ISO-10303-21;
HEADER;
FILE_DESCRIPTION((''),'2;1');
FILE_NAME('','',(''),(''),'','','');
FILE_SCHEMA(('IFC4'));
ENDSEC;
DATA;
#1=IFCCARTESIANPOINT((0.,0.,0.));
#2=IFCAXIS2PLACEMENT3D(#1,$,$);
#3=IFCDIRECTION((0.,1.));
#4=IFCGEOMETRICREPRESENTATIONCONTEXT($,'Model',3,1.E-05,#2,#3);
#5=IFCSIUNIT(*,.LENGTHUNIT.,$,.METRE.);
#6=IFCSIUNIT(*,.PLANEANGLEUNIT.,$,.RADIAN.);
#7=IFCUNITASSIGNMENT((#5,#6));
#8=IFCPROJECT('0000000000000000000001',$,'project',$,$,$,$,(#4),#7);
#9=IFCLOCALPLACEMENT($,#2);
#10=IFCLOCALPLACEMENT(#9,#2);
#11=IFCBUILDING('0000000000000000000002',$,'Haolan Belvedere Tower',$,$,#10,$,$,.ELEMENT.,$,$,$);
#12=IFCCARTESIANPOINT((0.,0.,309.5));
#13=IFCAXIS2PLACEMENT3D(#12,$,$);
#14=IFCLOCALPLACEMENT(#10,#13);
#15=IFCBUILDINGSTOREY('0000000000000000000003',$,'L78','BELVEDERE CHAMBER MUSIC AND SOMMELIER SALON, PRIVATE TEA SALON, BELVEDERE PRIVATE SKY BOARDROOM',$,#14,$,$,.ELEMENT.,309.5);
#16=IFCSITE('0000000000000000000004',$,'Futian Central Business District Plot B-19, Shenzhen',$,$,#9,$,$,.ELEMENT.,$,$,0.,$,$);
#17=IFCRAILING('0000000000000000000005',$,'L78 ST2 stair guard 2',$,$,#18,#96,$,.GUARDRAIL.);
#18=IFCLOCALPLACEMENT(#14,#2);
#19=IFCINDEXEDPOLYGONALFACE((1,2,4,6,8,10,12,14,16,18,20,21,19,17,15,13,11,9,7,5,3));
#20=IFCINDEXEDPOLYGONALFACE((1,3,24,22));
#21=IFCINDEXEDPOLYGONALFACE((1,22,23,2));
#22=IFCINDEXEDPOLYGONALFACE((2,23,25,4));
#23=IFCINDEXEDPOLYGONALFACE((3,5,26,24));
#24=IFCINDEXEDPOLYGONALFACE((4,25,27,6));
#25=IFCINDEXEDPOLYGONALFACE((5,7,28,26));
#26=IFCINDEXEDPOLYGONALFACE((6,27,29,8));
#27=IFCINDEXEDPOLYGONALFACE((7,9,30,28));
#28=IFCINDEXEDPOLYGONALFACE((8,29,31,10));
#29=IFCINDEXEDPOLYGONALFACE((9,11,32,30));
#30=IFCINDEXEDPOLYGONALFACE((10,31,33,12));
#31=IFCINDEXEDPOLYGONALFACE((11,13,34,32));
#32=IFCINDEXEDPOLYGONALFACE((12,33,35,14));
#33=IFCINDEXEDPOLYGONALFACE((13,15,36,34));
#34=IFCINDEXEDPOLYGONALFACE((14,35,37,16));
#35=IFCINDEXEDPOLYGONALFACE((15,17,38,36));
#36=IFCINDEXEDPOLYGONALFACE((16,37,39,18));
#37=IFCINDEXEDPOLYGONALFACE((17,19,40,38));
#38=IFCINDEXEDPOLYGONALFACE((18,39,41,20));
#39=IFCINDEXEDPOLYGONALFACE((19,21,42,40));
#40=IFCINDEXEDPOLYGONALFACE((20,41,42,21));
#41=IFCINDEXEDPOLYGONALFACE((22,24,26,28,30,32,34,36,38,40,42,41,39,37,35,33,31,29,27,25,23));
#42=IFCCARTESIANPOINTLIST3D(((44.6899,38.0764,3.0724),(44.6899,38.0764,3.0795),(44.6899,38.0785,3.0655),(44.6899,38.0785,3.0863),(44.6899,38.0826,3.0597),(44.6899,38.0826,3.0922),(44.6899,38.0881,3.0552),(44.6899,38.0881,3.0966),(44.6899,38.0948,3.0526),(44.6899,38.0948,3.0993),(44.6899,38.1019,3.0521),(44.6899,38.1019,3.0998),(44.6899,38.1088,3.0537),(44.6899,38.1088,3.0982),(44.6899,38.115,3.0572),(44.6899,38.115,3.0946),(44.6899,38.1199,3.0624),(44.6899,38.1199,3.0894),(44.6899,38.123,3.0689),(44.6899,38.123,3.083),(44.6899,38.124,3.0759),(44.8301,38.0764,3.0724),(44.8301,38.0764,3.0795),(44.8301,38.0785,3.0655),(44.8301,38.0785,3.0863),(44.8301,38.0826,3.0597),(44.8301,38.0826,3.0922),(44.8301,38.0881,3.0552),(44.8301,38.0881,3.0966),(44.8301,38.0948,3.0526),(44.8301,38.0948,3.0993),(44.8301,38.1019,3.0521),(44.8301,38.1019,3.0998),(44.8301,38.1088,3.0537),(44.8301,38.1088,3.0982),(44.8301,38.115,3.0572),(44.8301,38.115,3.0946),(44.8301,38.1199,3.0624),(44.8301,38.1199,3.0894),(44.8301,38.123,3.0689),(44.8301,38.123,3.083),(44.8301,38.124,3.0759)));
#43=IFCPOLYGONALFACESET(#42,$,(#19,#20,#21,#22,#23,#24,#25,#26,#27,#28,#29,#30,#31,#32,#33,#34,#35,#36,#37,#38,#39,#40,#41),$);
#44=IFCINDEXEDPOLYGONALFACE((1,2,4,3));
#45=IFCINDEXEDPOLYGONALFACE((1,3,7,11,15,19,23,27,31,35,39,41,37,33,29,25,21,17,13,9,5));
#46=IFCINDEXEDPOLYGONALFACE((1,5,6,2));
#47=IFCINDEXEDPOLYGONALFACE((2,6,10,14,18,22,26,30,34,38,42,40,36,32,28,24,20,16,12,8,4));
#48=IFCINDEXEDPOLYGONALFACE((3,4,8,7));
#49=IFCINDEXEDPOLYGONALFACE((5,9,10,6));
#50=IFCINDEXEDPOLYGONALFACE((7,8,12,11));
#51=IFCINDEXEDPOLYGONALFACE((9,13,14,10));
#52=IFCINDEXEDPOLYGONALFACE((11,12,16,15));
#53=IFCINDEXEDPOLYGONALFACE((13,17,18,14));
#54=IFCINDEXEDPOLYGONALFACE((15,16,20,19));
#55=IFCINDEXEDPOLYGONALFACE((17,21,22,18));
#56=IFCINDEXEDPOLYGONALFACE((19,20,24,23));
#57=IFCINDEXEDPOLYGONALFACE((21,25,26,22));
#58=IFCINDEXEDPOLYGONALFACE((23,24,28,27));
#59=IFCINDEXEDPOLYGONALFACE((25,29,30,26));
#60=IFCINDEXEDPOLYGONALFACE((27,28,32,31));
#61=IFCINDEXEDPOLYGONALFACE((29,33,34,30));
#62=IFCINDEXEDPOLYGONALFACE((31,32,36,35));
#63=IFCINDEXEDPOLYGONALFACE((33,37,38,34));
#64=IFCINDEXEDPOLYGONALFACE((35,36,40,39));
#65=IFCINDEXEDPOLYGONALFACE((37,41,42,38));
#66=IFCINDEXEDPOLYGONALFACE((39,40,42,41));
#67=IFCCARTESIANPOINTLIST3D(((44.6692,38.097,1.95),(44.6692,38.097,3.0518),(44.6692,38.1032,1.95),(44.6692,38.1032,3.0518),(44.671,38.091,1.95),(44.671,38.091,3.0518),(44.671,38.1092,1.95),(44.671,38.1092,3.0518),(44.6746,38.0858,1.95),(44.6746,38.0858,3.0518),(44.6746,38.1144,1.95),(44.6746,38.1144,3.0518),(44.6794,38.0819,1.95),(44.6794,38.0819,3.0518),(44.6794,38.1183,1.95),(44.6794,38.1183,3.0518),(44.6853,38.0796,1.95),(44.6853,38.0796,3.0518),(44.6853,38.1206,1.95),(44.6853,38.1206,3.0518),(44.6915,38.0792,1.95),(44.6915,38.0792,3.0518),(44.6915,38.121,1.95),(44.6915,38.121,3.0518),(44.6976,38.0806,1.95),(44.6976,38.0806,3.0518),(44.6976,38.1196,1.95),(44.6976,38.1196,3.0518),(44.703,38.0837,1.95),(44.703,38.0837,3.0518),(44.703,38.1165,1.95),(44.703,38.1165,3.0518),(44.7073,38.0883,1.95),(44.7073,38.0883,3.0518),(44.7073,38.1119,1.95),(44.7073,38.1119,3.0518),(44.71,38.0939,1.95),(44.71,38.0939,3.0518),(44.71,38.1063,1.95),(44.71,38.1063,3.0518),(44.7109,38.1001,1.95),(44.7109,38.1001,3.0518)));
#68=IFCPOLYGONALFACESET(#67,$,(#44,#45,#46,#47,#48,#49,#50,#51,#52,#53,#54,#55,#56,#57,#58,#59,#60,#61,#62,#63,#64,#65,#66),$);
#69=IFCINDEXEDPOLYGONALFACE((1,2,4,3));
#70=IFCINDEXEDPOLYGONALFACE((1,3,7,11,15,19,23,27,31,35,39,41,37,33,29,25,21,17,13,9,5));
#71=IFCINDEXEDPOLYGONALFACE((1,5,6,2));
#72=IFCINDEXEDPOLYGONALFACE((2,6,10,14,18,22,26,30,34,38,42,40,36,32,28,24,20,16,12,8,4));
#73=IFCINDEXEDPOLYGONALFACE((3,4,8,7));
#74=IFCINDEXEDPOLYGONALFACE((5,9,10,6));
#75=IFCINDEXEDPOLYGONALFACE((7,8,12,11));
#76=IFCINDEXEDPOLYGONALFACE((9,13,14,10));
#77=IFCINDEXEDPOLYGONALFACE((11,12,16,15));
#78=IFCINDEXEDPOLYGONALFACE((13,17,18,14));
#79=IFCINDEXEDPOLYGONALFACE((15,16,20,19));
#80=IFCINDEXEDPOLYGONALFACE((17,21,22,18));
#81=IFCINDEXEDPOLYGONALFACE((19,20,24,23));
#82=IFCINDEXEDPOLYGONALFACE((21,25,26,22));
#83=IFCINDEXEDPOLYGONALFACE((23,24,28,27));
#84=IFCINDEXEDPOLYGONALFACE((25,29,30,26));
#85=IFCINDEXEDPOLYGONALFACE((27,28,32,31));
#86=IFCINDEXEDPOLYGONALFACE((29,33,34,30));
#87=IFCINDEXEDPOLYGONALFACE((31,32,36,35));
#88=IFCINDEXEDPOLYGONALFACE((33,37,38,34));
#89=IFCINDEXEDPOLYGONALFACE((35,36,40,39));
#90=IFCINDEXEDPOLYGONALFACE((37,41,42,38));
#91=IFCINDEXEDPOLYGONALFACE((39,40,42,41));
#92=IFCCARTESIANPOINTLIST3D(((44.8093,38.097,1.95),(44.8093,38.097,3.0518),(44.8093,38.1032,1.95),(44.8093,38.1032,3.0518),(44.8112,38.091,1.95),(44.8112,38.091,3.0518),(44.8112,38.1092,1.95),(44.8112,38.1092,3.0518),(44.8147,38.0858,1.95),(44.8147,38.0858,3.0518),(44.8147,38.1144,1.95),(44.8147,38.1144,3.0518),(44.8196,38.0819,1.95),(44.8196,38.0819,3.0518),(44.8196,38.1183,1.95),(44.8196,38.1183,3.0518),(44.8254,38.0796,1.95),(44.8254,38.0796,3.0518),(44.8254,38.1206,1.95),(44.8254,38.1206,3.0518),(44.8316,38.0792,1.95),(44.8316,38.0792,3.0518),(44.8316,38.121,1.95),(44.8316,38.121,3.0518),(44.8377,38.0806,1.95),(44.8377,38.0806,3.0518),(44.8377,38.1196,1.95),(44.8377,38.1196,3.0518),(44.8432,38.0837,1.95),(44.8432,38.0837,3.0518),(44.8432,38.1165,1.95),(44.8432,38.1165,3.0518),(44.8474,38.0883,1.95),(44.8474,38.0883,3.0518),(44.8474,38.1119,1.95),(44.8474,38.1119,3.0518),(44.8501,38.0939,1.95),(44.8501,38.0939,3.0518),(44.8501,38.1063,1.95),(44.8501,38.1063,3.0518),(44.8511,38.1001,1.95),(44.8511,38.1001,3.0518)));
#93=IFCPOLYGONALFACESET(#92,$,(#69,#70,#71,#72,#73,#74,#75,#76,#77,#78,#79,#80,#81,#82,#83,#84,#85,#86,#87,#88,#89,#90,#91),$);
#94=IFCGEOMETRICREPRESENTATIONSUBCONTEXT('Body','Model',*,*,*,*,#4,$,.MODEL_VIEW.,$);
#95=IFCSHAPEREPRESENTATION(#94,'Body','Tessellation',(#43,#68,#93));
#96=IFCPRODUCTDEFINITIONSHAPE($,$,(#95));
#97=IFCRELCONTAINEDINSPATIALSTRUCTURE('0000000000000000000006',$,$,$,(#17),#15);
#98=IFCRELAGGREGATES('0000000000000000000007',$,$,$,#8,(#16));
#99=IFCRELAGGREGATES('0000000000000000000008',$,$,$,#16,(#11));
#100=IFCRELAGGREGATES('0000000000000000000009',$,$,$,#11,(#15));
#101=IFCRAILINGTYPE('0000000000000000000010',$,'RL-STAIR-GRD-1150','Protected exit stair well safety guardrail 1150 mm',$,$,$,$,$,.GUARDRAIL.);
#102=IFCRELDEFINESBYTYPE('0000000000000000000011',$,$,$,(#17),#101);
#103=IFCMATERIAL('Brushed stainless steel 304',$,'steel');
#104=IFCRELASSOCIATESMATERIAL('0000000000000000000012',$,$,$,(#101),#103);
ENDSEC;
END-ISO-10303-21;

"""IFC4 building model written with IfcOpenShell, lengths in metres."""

from ifc_helpers import new_model, si_unit, direction, frame, origin, origin_2d, place, context, subcontext, project, spatial, circle, extrude, material, type_object, element, save


model = new_model("IFC4")

# Units and contexts
model_context = context("Model", 3, precision=1e-05, world=origin(), true_north=direction((0.0, 1.0)))
body_context = subcontext(model_context, "Body", "Model", "MODEL_VIEW")
ifc_project = project(units=[si_unit("LENGTHUNIT", "METRE"), si_unit("PLANEANGLEUNIT", "RADIAN")], contexts=[model_context])

# Site, building, storey
site_placement = place(None, origin())
site = spatial("IfcSite", under=ifc_project, at=site_placement, Name="Futian Central Business District Plot B-19, Shenzhen", CompositionType="ELEMENT", RefElevation=0.0)
building_placement = place(site_placement, origin())
building = spatial("IfcBuilding", under=site, at=building_placement, Name="Haolan Belvedere Tower", CompositionType="ELEMENT")
storey_placement = place(building_placement, frame((0.0, 0.0, 309.5)))
storey = spatial("IfcBuildingStorey", under=building, at=storey_placement, Name="L78", Description="BELVEDERE CHAMBER MUSIC AND SOMMELIER SALON, PRIVATE TEA SALON, BELVEDERE PRIVATE SKY BOARDROOM", CompositionType="ELEMENT", Elevation=309.5)

# Railing
ifc_material_1 = material(Name="Brushed stainless steel 304", Category="steel")
railing_type_1 = type_object("IfcRailingType", Name="RL-STAIR-GRD-1150", Description="Protected exit stair well safety guardrail 1150 mm", PredefinedType="GUARDRAIL", material=ifc_material_1)
railing_1_placement = place(storey_placement, frame((44.6899, 38.1001, 1.95)))
element("IfcRailing", 1, at=railing_1_placement, inside=storey, type_object=railing_type_1, Name="L78 ST2 stair guard 2", PredefinedType="GUARDRAIL", context=body_context, shape_type="SweptSolid", body=[
    extrude(circle(Radius=0.0239, at=origin_2d()), frame((0.0, 0.0, 1.126), z_axis=(1.0, 0.0, 0.0), x_axis=(0.0, 1.0, 0.0)), (0.0, 0.0, 1.0), 0.1401),
    extrude(circle(Radius=0.021, at=origin_2d()), origin(), (0.0, 0.0, 1.0), 1.1018),
    extrude(circle(Radius=0.021, at=origin_2d()), frame((0.1401, 0.0, 0.0)), (0.0, 0.0, 1.0), 1.1018),
])

save(model, "model.ifc")
